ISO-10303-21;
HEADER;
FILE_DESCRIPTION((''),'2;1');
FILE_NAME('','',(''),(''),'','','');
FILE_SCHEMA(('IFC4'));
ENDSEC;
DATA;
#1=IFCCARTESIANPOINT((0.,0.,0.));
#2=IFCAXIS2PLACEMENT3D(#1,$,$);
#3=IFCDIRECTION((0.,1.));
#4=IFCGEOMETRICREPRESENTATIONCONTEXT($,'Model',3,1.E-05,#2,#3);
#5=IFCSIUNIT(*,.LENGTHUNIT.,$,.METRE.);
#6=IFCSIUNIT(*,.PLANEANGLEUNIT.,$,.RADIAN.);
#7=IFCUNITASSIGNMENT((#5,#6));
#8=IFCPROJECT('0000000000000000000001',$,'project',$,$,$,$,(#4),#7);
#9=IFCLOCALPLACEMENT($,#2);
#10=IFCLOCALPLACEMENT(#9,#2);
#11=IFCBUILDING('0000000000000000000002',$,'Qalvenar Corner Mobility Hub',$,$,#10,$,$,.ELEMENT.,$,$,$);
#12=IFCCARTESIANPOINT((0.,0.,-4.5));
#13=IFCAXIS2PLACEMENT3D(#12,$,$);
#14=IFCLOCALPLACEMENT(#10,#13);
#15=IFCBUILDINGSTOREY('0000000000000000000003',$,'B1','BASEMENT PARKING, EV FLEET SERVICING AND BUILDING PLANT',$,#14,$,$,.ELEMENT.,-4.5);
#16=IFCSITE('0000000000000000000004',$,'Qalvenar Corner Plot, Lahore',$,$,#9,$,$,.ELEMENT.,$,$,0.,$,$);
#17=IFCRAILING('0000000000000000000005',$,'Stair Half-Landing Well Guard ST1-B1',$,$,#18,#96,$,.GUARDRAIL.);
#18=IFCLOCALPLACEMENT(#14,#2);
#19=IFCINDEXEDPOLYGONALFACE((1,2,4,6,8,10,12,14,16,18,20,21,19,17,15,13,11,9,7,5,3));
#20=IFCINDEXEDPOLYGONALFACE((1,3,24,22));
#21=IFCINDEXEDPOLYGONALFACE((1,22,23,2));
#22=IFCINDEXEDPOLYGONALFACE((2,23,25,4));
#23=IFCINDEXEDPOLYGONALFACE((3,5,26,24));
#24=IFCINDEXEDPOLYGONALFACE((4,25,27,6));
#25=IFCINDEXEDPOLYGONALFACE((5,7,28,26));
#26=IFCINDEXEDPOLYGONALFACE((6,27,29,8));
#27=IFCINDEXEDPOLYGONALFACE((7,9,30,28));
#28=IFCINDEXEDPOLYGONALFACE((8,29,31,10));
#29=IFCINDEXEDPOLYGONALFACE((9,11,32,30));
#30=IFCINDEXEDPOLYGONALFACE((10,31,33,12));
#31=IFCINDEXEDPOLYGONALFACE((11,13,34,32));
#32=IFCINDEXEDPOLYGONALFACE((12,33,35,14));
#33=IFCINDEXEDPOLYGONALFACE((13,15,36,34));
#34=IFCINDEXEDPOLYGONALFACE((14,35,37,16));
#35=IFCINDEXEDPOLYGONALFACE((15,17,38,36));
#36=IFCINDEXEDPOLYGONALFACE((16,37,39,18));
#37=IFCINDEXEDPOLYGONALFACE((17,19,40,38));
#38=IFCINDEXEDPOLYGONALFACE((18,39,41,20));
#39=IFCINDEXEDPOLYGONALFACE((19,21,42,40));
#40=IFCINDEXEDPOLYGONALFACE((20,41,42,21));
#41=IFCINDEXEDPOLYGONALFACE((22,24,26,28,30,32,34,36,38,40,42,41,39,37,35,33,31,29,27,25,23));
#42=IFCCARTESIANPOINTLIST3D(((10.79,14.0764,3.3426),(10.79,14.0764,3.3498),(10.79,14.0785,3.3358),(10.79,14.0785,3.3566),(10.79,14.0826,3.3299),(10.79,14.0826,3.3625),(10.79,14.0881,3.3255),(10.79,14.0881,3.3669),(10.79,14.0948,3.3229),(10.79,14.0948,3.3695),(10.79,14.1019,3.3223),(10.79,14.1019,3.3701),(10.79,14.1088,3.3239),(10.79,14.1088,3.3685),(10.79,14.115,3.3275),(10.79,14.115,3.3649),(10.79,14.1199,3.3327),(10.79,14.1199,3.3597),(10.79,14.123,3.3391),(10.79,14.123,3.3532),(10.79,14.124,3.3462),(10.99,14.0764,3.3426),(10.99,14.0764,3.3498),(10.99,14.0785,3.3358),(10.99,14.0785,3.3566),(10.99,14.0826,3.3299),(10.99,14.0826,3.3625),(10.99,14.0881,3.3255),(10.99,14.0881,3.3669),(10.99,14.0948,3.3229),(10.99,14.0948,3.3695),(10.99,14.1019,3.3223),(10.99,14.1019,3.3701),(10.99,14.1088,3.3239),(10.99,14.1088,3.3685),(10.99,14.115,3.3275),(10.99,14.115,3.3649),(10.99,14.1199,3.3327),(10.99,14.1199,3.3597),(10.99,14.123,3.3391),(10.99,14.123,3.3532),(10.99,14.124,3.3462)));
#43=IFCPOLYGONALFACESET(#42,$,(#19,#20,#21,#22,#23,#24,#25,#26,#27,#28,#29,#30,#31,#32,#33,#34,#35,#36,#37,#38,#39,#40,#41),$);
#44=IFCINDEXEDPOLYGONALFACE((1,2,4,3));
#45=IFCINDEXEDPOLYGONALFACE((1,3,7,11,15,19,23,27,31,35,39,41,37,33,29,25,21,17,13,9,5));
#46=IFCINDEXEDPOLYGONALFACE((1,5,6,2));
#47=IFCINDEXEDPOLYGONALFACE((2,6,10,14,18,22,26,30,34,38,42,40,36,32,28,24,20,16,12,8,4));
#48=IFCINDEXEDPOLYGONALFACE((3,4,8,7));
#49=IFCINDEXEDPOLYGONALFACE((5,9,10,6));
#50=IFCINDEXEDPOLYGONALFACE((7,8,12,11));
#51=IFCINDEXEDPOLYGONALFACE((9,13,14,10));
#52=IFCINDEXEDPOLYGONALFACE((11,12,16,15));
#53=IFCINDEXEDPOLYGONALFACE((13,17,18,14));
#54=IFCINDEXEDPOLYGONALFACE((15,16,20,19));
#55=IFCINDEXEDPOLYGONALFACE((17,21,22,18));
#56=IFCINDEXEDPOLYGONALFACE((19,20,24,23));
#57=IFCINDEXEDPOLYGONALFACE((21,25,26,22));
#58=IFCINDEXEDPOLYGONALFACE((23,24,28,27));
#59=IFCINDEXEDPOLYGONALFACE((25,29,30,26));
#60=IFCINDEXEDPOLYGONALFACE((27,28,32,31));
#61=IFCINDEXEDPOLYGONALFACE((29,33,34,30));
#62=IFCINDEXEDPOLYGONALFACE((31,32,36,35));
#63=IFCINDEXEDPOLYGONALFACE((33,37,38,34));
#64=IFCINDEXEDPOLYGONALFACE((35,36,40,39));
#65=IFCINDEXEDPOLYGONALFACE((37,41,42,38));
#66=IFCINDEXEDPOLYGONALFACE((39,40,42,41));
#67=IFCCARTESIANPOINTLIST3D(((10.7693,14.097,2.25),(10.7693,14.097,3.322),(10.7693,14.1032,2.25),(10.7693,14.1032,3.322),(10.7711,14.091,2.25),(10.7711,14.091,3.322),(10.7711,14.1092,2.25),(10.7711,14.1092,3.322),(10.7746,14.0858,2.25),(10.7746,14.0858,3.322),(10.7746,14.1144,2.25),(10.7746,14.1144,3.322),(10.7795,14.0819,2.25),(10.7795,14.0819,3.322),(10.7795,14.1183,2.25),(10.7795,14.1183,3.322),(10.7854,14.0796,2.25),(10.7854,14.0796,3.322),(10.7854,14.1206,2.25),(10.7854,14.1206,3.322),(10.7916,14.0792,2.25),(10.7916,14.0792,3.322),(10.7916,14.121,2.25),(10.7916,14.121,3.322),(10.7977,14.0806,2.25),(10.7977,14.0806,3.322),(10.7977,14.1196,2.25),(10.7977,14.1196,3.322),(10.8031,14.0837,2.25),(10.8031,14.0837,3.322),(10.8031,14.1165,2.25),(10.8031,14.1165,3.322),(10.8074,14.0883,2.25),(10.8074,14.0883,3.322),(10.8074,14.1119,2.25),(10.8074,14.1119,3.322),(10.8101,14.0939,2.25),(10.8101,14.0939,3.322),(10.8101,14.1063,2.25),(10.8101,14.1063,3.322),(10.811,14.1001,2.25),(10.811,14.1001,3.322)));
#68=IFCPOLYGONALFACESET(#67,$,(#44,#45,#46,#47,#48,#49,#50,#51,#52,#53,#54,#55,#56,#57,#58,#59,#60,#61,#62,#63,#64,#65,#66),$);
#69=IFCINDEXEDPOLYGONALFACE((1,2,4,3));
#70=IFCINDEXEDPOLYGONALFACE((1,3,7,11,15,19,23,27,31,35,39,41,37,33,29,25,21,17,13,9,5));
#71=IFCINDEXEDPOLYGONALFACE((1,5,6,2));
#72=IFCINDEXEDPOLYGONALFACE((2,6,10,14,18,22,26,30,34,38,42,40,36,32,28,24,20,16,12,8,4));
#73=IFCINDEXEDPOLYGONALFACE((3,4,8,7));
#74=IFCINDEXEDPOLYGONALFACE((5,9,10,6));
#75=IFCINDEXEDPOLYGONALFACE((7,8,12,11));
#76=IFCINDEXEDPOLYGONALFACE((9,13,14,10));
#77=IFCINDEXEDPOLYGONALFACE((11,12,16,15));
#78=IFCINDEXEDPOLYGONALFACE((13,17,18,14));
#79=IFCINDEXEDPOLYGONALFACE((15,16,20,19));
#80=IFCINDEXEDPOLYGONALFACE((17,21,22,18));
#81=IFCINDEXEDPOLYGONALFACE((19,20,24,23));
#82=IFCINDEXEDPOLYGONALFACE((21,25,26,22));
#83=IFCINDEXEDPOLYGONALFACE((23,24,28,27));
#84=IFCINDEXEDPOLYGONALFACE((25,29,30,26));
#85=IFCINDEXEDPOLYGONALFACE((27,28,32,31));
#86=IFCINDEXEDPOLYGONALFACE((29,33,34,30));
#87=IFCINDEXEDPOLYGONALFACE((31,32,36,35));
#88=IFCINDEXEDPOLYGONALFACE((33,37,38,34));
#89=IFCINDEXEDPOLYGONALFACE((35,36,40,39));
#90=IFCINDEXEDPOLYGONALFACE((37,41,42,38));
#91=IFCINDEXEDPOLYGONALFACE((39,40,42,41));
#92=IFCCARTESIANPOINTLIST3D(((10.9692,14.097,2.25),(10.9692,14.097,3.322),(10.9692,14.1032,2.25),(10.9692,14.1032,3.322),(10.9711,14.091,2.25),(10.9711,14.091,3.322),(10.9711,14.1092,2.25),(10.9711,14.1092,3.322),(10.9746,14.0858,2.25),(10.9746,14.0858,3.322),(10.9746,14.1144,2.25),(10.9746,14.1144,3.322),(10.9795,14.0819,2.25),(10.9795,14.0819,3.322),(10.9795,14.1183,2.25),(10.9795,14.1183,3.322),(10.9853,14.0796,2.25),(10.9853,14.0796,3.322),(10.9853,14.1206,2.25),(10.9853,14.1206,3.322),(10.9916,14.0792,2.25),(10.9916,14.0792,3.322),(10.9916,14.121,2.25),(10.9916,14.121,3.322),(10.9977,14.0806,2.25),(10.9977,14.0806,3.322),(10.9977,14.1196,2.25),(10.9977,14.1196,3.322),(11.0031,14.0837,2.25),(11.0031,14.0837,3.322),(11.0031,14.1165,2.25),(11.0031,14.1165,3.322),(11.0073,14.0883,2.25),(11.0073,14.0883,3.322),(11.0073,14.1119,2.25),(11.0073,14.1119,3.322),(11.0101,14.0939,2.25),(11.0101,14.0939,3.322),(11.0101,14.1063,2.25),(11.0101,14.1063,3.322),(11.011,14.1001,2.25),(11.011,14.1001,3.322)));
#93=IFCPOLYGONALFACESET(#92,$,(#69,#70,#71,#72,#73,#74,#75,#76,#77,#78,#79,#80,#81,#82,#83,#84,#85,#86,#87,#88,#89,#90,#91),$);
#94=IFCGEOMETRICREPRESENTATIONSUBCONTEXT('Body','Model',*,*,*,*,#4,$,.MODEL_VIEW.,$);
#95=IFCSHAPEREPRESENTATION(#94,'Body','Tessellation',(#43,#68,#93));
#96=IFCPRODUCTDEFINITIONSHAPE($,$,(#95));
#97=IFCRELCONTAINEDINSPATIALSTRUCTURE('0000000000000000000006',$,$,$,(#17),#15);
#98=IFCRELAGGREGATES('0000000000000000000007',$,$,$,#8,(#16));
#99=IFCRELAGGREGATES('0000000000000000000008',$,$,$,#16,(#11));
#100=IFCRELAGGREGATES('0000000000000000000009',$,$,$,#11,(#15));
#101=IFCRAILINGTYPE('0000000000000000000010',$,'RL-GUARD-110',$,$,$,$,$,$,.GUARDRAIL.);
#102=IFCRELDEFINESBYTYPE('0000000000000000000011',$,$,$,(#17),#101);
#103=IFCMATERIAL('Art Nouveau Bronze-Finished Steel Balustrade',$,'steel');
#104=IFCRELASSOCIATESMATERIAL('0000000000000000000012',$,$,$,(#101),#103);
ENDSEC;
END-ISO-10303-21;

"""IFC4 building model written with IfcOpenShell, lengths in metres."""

from ifc_helpers import new_model, si_unit, direction, frame, origin, origin_2d, place, context, subcontext, project, spatial, circle, extrude, material, type_object, element, save


model = new_model("IFC4")

# Units and contexts
model_context = context("Model", 3, precision=1e-05, world=origin(), true_north=direction((0.0, 1.0)))
body_context = subcontext(model_context, "Body", "Model", "MODEL_VIEW")
ifc_project = project(units=[si_unit("LENGTHUNIT", "METRE"), si_unit("PLANEANGLEUNIT", "RADIAN")], contexts=[model_context])

# Site, building, storey
site_placement = place(None, origin())
site = spatial("IfcSite", under=ifc_project, at=site_placement, Name="Qalvenar Corner Plot, Lahore", CompositionType="ELEMENT", RefElevation=0.0)
building_placement = place(site_placement, origin())
building = spatial("IfcBuilding", under=site, at=building_placement, Name="Qalvenar Corner Mobility Hub", CompositionType="ELEMENT")
storey_placement = place(building_placement, frame((0.0, 0.0, -4.5)))
storey = spatial("IfcBuildingStorey", under=building, at=storey_placement, Name="B1", Description="BASEMENT PARKING, EV FLEET SERVICING AND BUILDING PLANT", CompositionType="ELEMENT", Elevation=-4.5)

# Railing
ifc_material_1 = material(Name="Art Nouveau Bronze-Finished Steel Balustrade", Category="steel")
railing_type_1 = type_object("IfcRailingType", Name="RL-GUARD-110", PredefinedType="GUARDRAIL", material=ifc_material_1)
railing_1_placement = place(storey_placement, frame((10.79, 14.1001, 2.25)))
element("IfcRailing", 1, at=railing_1_placement, inside=storey, type_object=railing_type_1, Name="Stair Half-Landing Well Guard ST1-B1", PredefinedType="GUARDRAIL", context=body_context, shape_type="SweptSolid", body=[
    extrude(circle(Radius=0.0239, at=origin_2d()), frame((0.0, 0.0, 1.0962), z_axis=(1.0, 0.0, 0.0), x_axis=(0.0, 1.0, 0.0)), (0.0, 0.0, 1.0), 0.2),
    extrude(circle(Radius=0.021, at=origin_2d()), origin(), (0.0, 0.0, 1.0), 1.072),
    extrude(circle(Radius=0.021, at=origin_2d()), frame((0.2, 0.0, 0.0)), (0.0, 0.0, 1.0), 1.072),
])

save(model, "model.ifc")
